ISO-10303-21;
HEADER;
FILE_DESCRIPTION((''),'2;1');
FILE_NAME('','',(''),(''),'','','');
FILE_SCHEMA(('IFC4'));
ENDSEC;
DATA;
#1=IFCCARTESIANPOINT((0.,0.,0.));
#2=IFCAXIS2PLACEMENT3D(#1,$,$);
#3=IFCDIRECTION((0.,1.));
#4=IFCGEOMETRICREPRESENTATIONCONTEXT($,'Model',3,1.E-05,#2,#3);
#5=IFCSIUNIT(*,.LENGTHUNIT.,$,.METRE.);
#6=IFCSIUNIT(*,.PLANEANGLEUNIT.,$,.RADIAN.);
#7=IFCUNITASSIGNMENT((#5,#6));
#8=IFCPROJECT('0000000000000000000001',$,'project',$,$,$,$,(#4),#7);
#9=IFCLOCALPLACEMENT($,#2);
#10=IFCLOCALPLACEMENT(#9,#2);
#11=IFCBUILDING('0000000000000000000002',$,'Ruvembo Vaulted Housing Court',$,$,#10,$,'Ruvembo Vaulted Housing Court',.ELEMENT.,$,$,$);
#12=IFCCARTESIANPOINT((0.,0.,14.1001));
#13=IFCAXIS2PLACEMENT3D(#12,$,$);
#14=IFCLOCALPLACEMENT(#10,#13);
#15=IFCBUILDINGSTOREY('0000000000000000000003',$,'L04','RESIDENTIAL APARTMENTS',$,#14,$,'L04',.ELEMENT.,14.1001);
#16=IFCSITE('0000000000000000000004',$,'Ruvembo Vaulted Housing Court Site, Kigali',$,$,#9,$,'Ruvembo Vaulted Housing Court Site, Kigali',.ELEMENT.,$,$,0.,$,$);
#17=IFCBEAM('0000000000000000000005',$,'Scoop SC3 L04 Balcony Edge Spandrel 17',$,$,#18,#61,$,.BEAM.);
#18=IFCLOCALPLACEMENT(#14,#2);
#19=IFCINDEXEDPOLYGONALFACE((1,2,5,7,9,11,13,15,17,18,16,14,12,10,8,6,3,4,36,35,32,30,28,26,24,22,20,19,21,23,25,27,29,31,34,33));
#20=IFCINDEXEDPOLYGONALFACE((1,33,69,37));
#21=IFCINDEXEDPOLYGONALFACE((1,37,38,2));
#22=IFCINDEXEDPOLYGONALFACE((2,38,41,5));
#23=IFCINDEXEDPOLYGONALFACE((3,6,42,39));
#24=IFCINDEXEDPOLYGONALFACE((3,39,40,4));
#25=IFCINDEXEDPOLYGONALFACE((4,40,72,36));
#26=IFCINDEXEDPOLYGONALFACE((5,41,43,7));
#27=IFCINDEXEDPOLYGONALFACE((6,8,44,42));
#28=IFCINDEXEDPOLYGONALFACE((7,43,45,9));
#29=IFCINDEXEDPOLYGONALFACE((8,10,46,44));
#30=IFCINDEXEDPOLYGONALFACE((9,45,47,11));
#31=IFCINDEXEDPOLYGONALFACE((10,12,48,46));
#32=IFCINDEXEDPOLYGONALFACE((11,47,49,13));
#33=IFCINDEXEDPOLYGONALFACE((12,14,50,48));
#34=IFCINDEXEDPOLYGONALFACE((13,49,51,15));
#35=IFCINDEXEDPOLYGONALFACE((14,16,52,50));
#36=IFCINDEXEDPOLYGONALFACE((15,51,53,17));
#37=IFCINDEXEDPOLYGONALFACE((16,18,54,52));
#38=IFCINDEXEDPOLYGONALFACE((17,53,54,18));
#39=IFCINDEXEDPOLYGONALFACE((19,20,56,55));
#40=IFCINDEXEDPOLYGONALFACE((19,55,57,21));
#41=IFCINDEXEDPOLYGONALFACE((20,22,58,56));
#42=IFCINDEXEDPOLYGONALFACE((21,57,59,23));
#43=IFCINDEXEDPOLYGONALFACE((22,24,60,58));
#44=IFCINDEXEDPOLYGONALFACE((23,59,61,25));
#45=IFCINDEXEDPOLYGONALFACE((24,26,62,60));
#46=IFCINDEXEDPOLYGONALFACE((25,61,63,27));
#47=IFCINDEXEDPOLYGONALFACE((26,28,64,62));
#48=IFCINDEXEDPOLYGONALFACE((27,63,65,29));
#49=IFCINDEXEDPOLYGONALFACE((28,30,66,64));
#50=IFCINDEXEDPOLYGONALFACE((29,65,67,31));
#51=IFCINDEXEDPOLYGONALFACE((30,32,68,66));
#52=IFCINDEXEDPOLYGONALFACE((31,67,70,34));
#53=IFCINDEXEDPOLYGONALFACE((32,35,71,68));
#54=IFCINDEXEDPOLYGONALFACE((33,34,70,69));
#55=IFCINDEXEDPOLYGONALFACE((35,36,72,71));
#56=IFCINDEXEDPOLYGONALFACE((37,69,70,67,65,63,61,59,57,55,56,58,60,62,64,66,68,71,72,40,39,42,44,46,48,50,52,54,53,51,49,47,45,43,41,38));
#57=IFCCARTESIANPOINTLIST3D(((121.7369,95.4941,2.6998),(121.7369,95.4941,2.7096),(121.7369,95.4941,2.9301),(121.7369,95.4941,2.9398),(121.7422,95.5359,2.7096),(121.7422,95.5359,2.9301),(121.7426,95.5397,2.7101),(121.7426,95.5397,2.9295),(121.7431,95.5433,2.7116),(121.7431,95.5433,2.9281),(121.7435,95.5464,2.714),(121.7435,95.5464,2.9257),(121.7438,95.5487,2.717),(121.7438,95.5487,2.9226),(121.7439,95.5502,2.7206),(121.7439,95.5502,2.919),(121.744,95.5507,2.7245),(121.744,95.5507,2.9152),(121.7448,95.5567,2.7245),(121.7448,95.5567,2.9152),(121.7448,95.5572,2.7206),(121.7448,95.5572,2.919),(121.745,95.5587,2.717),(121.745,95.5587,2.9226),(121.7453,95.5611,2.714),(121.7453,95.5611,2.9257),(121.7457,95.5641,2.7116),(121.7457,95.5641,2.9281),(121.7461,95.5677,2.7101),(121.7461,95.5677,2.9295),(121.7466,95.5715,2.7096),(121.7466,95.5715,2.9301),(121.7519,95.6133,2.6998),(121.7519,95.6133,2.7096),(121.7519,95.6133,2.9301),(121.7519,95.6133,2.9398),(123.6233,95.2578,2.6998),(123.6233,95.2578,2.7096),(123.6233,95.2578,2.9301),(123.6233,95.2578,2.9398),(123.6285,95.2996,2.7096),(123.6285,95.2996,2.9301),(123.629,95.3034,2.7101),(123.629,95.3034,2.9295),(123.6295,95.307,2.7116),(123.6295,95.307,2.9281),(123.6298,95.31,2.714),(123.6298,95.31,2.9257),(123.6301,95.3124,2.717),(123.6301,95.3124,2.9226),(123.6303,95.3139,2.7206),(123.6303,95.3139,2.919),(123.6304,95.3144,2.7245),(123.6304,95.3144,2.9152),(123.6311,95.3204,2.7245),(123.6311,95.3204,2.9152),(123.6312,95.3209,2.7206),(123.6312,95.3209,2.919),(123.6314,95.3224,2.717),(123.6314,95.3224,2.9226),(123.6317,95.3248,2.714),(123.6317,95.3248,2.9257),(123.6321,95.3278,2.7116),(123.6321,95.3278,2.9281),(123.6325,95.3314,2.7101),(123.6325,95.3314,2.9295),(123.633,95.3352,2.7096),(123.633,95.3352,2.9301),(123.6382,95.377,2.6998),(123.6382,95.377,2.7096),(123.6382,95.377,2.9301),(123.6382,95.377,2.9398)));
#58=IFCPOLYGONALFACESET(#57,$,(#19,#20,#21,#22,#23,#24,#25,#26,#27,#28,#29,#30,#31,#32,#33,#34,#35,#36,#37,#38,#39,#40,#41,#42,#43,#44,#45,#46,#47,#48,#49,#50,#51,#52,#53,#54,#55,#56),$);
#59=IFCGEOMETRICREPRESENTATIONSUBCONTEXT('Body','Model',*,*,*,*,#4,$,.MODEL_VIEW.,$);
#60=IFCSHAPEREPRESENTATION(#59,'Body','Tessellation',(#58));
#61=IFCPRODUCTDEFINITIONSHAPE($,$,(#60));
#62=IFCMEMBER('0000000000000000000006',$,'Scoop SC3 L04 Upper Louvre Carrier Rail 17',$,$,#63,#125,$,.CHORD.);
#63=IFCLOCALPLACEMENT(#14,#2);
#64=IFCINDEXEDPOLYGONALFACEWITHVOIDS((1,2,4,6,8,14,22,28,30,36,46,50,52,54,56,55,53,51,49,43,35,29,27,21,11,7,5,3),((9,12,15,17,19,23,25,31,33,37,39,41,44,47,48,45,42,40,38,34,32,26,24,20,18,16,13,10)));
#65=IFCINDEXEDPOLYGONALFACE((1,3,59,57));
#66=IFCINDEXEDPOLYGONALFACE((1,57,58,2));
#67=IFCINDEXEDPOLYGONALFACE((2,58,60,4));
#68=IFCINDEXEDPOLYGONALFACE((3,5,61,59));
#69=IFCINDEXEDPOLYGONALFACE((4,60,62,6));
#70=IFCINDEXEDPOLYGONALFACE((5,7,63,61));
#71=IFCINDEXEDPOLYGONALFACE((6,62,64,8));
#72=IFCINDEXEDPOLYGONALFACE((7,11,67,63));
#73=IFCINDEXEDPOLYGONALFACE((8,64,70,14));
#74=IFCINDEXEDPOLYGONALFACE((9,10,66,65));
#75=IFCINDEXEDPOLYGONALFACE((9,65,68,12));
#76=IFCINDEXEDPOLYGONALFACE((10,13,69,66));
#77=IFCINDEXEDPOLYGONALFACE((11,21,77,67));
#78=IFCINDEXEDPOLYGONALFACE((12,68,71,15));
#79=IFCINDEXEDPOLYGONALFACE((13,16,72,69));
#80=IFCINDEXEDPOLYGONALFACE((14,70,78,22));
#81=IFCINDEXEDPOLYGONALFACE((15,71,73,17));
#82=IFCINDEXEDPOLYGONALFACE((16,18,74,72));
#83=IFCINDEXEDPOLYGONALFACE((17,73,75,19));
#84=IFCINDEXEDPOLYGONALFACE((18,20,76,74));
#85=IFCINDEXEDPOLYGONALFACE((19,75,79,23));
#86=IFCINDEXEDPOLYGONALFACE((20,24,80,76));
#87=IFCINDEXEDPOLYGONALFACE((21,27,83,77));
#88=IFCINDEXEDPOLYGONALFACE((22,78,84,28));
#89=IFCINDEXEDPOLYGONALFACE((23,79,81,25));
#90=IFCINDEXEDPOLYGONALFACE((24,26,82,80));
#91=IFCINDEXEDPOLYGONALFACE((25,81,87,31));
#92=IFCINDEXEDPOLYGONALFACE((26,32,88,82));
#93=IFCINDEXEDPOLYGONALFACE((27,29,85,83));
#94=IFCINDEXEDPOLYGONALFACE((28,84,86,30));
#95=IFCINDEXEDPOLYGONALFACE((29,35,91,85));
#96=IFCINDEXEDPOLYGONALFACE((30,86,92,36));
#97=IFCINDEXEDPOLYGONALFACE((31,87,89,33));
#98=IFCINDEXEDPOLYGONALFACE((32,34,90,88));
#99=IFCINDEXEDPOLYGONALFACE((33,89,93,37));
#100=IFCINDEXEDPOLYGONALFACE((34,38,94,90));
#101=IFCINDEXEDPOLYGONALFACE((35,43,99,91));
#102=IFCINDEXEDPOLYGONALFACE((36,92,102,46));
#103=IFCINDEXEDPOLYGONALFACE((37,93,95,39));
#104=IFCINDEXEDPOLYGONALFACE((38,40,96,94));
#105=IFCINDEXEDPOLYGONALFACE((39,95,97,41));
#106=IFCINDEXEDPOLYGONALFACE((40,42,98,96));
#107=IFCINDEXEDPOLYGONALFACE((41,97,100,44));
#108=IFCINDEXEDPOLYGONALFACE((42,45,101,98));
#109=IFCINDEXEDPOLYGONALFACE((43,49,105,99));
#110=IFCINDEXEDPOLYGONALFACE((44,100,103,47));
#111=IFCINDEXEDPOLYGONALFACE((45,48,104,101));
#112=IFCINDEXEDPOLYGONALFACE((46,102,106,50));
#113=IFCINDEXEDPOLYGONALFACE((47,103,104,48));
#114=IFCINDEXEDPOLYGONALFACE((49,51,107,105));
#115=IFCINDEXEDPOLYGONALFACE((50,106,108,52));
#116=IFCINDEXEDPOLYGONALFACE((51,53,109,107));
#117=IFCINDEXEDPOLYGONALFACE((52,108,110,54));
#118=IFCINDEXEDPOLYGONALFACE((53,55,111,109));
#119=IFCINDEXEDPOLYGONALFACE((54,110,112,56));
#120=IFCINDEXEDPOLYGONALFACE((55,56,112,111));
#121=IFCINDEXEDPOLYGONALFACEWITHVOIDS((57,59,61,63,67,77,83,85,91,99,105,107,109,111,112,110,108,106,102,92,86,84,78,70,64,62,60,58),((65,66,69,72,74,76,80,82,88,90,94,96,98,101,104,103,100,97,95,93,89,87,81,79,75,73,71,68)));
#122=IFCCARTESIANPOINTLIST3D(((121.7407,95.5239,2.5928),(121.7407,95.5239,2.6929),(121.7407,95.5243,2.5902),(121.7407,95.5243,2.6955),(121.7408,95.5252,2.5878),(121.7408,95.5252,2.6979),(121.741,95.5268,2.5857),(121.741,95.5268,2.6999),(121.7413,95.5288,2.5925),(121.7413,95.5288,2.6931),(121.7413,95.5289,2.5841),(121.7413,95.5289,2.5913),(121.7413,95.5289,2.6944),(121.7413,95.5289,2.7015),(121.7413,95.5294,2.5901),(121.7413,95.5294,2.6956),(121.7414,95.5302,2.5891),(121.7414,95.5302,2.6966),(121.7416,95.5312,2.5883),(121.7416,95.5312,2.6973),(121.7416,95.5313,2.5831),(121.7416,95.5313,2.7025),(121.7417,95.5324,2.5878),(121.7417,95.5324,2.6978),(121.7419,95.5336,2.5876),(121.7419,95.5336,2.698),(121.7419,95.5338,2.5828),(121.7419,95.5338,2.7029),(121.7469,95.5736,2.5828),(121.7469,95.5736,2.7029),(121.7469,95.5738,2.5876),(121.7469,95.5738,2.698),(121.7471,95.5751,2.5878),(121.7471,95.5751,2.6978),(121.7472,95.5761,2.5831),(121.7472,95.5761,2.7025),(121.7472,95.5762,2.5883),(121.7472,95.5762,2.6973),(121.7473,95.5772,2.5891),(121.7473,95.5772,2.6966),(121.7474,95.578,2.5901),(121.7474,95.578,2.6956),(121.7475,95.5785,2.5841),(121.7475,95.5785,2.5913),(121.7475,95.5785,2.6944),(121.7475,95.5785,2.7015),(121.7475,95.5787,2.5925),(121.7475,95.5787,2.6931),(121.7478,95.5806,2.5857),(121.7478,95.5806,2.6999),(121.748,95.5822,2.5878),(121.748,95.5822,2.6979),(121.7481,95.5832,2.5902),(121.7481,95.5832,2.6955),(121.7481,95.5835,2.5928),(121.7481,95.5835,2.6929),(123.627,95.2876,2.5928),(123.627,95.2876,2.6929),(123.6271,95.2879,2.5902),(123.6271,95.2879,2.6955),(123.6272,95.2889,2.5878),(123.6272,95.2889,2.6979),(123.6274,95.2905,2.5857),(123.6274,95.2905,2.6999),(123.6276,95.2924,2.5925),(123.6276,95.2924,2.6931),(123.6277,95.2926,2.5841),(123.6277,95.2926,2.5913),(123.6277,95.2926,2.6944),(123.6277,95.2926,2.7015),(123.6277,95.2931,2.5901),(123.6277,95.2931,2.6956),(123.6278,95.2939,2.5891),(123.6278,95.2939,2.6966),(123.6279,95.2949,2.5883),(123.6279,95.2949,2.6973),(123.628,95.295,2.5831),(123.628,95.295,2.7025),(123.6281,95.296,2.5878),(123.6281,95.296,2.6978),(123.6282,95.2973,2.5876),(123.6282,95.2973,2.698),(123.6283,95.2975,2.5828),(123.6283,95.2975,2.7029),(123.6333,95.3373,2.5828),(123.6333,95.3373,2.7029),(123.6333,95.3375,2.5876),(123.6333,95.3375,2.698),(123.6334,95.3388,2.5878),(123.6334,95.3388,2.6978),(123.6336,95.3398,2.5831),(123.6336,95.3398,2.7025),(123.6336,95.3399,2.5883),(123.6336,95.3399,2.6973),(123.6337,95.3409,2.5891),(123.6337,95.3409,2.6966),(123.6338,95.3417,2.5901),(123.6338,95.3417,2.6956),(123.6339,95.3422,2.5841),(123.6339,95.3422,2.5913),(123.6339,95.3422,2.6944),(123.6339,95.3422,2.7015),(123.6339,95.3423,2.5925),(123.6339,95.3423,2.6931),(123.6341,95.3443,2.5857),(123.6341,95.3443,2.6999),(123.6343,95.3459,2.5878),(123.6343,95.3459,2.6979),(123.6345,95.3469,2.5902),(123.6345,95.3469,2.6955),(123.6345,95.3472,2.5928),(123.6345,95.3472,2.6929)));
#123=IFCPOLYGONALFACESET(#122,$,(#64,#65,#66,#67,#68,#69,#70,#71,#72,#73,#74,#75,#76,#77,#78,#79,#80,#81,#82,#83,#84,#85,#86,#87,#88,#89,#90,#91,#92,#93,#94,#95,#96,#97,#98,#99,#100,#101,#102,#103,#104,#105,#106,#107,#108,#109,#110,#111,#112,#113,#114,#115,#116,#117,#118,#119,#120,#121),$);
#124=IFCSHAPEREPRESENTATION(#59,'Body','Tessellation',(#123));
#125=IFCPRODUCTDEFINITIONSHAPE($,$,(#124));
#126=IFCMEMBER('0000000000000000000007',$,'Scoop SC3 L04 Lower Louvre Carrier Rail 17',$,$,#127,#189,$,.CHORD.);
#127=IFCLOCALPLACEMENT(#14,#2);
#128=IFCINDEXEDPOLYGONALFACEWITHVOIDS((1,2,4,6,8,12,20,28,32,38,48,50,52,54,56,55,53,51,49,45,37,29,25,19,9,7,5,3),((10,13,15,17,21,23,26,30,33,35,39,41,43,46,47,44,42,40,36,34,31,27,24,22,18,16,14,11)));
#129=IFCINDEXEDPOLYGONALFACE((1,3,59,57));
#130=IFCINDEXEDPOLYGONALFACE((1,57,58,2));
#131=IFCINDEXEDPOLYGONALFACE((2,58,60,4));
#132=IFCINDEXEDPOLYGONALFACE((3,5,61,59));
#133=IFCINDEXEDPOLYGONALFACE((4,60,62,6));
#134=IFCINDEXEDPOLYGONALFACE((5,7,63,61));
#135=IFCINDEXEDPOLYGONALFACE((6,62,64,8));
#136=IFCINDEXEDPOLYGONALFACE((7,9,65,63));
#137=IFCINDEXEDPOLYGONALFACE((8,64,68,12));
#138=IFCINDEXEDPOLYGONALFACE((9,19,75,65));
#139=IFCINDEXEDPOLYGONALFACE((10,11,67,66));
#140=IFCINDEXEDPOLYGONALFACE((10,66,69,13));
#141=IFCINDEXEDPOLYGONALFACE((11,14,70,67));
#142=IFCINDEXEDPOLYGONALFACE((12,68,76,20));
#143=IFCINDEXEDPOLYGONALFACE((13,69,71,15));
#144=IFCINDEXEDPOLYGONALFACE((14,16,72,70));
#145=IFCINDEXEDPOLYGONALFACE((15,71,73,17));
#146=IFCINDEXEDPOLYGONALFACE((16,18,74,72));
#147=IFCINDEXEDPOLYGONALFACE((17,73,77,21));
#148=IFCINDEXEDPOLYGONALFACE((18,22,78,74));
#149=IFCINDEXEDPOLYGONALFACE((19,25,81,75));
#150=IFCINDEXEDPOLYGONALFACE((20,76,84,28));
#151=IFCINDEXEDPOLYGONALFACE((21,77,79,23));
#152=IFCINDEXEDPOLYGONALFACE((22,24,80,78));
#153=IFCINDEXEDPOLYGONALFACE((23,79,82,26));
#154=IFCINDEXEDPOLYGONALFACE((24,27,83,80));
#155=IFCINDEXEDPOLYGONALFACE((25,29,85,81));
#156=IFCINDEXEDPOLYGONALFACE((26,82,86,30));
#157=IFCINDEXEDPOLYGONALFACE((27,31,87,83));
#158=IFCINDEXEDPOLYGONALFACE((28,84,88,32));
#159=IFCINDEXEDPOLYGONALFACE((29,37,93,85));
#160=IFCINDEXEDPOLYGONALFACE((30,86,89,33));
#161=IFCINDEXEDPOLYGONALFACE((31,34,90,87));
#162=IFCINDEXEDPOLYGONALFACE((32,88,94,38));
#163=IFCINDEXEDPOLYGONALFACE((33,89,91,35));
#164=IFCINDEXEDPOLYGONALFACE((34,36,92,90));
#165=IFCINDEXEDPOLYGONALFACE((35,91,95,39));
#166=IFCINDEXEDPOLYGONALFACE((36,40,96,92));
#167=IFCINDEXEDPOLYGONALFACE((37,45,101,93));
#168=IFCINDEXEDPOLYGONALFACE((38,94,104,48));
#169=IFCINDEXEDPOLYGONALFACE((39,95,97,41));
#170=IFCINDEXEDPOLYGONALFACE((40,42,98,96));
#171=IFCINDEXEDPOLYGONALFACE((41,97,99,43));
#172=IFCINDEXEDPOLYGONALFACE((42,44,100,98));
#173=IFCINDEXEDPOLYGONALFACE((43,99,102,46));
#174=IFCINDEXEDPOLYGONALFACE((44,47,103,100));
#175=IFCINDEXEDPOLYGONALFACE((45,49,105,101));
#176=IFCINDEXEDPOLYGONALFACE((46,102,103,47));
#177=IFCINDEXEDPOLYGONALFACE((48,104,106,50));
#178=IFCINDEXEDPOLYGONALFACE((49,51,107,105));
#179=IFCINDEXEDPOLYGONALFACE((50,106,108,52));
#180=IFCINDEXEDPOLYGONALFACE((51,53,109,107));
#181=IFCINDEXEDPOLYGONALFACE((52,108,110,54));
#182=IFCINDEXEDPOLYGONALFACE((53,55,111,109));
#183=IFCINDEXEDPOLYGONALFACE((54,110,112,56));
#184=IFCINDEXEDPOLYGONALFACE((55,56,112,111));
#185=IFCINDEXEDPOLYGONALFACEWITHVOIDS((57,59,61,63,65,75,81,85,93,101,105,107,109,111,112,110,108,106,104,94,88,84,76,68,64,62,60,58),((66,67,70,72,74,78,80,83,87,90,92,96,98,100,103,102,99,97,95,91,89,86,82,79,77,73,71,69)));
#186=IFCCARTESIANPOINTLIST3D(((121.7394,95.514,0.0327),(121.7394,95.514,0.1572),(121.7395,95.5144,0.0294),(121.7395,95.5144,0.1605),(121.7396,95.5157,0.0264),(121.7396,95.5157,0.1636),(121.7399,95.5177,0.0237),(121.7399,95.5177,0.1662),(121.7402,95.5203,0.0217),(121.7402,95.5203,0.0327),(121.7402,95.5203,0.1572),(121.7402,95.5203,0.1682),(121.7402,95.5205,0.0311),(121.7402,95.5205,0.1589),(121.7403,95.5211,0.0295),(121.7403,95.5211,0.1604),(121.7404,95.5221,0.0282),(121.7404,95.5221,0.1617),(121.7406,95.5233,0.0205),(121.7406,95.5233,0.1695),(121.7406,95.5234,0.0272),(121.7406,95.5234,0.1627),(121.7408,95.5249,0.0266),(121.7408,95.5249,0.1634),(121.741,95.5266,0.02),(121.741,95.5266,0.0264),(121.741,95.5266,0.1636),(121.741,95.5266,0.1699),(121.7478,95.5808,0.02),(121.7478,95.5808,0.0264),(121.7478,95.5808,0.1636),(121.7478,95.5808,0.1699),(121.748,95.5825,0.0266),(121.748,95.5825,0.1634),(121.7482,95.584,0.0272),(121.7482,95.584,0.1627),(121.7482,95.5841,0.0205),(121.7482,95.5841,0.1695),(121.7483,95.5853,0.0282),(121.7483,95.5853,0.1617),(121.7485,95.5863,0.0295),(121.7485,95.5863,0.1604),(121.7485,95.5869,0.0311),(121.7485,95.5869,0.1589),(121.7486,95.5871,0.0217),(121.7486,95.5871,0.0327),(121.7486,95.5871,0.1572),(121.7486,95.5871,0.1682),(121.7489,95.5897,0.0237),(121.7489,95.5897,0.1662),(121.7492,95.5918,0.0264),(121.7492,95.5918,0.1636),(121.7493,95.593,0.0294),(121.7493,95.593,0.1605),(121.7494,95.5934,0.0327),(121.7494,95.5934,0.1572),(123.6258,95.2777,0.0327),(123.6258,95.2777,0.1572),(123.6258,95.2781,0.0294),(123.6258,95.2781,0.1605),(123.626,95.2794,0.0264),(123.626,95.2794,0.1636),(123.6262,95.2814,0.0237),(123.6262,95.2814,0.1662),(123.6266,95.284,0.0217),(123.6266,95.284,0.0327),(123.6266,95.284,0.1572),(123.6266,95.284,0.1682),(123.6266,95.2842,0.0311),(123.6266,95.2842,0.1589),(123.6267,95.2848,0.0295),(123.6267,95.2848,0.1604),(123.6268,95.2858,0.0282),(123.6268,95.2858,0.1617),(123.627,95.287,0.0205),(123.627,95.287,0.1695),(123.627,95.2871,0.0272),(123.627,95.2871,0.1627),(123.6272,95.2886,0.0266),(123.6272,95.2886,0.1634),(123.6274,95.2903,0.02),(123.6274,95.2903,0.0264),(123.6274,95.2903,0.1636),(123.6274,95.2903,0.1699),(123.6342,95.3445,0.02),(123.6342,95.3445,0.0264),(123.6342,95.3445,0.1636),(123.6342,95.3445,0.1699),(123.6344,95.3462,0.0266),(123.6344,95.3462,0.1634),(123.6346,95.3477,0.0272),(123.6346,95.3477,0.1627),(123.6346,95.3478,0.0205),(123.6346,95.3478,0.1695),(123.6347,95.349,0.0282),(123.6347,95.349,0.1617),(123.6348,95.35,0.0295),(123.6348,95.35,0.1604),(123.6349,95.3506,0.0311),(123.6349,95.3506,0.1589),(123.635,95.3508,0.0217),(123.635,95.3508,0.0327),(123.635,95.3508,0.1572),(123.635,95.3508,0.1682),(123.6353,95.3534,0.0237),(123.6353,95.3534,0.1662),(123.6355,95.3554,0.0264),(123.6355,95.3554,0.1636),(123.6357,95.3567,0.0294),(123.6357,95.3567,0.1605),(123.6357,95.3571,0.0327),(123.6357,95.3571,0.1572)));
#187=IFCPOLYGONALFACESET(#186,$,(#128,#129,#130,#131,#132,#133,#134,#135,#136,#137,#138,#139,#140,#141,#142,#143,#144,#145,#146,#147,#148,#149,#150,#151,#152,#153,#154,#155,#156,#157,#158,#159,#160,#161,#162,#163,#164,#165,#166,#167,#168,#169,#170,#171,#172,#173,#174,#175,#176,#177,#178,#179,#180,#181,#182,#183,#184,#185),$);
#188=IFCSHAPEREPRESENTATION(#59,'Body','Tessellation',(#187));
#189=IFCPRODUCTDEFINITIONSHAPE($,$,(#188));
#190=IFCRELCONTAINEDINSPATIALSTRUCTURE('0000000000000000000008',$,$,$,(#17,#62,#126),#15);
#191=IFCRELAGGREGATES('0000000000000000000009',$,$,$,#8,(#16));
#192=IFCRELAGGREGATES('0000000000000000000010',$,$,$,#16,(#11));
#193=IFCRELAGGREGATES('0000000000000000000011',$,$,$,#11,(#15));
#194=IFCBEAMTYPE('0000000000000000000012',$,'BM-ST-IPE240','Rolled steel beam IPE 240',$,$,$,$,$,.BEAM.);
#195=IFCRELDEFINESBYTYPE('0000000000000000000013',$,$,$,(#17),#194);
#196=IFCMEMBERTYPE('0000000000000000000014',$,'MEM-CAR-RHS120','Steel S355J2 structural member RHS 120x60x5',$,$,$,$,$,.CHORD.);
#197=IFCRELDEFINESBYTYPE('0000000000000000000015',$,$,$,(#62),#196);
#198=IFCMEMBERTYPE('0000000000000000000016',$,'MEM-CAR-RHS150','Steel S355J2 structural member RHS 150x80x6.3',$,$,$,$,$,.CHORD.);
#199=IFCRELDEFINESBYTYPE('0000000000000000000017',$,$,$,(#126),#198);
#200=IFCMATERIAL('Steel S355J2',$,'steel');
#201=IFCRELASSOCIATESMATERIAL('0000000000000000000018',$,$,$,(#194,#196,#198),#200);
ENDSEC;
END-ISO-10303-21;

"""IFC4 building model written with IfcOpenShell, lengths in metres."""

from ifc_helpers import new_model, si_unit, direction, frame, origin, origin_2d, place, context, subcontext, project, spatial, hollow_rectangle, i_section, extrude, material, material_profile, profile_set, type_object, element, save


model = new_model("IFC4")

# Units and contexts
model_context = context("Model", 3, precision=1e-05, world=origin(), true_north=direction((0.0, 1.0)))
body_context = subcontext(model_context, "Body", "Model", "MODEL_VIEW")
ifc_project = project(units=[si_unit("LENGTHUNIT", "METRE"), si_unit("PLANEANGLEUNIT", "RADIAN")], contexts=[model_context])

# Site, building, storey
site_placement = place(None, origin())
site = spatial("IfcSite", under=ifc_project, at=site_placement, Name="Ruvembo Vaulted Housing Court Site, Kigali", LongName="Ruvembo Vaulted Housing Court Site, Kigali", CompositionType="ELEMENT", RefElevation=0.0)
building_placement = place(site_placement, origin())
building = spatial("IfcBuilding", under=site, at=building_placement, Name="Ruvembo Vaulted Housing Court", LongName="Ruvembo Vaulted Housing Court", CompositionType="ELEMENT")
storey_placement = place(building_placement, frame((0.0, 0.0, 14.1001)))
storey = spatial("IfcBuildingStorey", under=building, at=storey_placement, Name="L04", Description="RESIDENTIAL APARTMENTS", LongName="L04", CompositionType="ELEMENT", Elevation=14.1001)

# Beam
ifc_material_1 = material(Name="Steel S355J2", Category="steel")
ifc_material_profile_1 = material_profile(ifc_material_1, i_section(OverallWidth=0.1201, OverallDepth=0.24, WebThickness=0.0061, FlangeThickness=0.0098, FilletRadius=0.0149, at=origin_2d()), Name="IPE 240")
ifc_profile_set_1 = profile_set([ifc_material_profile_1], Name="Steel S355J2")
beam_type = type_object("IfcBeamType", Name="BM-ST-IPE240", Description="Rolled steel beam IPE 240", PredefinedType="BEAM", material=ifc_profile_set_1)
beam_placement = place(storey_placement, frame((121.7444, 95.5537, 2.8198), z_axis=(0.992244, -0.124303, 0.0), x_axis=(0.124303, 0.992244, 0.0)))
element("IfcBeam", 1, at=beam_placement, inside=storey, type_object=beam_type, Name="Scoop SC3 L04 Balcony Edge Spandrel 17", PredefinedType="BEAM", context=body_context, shape_type="SweptSolid", body=[
    extrude(i_section(OverallWidth=0.1201, OverallDepth=0.24, WebThickness=0.0061, FlangeThickness=0.0098, FilletRadius=0.0149, at=origin_2d()), origin(), (0.0, 0.0, 1.0), 1.9011),
])

# Members
ifc_material_profile_2 = material_profile(ifc_material_1, hollow_rectangle(XDim=0.0601, YDim=0.1201, WallThickness=0.0049, InnerFilletRadius=0.0049, OuterFilletRadius=0.01, at=origin_2d()), Name="RHS 120x60x5")
ifc_profile_set_2 = profile_set([ifc_material_profile_2], Name="Steel S355J2")
member_type_1 = type_object("IfcMemberType", Name="MEM-CAR-RHS120", Description="Steel S355J2 structural member RHS 120x60x5", PredefinedType="CHORD", material=ifc_profile_set_2)
member_1_placement = place(storey_placement, frame((121.7444, 95.5537, 2.6428), z_axis=(0.992244, -0.124303, 0.0), x_axis=(0.124303, 0.992244, 0.0)))
element("IfcMember", 2, at=member_1_placement, inside=storey, type_object=member_type_1, Name="Scoop SC3 L04 Upper Louvre Carrier Rail 17", PredefinedType="CHORD", context=body_context, shape_type="SweptSolid", body=[
    extrude(hollow_rectangle(XDim=0.0601, YDim=0.1201, WallThickness=0.0049, InnerFilletRadius=0.0049, OuterFilletRadius=0.01, at=origin_2d()), origin(), (0.0, 0.0, 1.0), 1.9011),
])
ifc_material_profile_3 = material_profile(ifc_material_1, hollow_rectangle(XDim=0.0801, YDim=0.1499, WallThickness=0.0063, InnerFilletRadius=0.0063, OuterFilletRadius=0.0127, at=origin_2d()), Name="RHS 150x80x6.3")
ifc_profile_set_3 = profile_set([ifc_material_profile_3], Name="Steel S355J2")
member_type_2 = type_object("IfcMemberType", Name="MEM-CAR-RHS150", Description="Steel S355J2 structural member RHS 150x80x6.3", PredefinedType="CHORD", material=ifc_profile_set_3)
member_2_placement = place(storey_placement, frame((121.7444, 95.5537, 0.095), z_axis=(0.992244, -0.124303, 0.0), x_axis=(0.124303, 0.992244, 0.0)))
element("IfcMember", 3, at=member_2_placement, inside=storey, type_object=member_type_2, Name="Scoop SC3 L04 Lower Louvre Carrier Rail 17", PredefinedType="CHORD", context=body_context, shape_type="SweptSolid", body=[
    extrude(hollow_rectangle(XDim=0.0801, YDim=0.1499, WallThickness=0.0063, InnerFilletRadius=0.0063, OuterFilletRadius=0.0127, at=origin_2d()), origin(), (0.0, 0.0, 1.0), 1.9011),
])

save(model, "model.ifc")
